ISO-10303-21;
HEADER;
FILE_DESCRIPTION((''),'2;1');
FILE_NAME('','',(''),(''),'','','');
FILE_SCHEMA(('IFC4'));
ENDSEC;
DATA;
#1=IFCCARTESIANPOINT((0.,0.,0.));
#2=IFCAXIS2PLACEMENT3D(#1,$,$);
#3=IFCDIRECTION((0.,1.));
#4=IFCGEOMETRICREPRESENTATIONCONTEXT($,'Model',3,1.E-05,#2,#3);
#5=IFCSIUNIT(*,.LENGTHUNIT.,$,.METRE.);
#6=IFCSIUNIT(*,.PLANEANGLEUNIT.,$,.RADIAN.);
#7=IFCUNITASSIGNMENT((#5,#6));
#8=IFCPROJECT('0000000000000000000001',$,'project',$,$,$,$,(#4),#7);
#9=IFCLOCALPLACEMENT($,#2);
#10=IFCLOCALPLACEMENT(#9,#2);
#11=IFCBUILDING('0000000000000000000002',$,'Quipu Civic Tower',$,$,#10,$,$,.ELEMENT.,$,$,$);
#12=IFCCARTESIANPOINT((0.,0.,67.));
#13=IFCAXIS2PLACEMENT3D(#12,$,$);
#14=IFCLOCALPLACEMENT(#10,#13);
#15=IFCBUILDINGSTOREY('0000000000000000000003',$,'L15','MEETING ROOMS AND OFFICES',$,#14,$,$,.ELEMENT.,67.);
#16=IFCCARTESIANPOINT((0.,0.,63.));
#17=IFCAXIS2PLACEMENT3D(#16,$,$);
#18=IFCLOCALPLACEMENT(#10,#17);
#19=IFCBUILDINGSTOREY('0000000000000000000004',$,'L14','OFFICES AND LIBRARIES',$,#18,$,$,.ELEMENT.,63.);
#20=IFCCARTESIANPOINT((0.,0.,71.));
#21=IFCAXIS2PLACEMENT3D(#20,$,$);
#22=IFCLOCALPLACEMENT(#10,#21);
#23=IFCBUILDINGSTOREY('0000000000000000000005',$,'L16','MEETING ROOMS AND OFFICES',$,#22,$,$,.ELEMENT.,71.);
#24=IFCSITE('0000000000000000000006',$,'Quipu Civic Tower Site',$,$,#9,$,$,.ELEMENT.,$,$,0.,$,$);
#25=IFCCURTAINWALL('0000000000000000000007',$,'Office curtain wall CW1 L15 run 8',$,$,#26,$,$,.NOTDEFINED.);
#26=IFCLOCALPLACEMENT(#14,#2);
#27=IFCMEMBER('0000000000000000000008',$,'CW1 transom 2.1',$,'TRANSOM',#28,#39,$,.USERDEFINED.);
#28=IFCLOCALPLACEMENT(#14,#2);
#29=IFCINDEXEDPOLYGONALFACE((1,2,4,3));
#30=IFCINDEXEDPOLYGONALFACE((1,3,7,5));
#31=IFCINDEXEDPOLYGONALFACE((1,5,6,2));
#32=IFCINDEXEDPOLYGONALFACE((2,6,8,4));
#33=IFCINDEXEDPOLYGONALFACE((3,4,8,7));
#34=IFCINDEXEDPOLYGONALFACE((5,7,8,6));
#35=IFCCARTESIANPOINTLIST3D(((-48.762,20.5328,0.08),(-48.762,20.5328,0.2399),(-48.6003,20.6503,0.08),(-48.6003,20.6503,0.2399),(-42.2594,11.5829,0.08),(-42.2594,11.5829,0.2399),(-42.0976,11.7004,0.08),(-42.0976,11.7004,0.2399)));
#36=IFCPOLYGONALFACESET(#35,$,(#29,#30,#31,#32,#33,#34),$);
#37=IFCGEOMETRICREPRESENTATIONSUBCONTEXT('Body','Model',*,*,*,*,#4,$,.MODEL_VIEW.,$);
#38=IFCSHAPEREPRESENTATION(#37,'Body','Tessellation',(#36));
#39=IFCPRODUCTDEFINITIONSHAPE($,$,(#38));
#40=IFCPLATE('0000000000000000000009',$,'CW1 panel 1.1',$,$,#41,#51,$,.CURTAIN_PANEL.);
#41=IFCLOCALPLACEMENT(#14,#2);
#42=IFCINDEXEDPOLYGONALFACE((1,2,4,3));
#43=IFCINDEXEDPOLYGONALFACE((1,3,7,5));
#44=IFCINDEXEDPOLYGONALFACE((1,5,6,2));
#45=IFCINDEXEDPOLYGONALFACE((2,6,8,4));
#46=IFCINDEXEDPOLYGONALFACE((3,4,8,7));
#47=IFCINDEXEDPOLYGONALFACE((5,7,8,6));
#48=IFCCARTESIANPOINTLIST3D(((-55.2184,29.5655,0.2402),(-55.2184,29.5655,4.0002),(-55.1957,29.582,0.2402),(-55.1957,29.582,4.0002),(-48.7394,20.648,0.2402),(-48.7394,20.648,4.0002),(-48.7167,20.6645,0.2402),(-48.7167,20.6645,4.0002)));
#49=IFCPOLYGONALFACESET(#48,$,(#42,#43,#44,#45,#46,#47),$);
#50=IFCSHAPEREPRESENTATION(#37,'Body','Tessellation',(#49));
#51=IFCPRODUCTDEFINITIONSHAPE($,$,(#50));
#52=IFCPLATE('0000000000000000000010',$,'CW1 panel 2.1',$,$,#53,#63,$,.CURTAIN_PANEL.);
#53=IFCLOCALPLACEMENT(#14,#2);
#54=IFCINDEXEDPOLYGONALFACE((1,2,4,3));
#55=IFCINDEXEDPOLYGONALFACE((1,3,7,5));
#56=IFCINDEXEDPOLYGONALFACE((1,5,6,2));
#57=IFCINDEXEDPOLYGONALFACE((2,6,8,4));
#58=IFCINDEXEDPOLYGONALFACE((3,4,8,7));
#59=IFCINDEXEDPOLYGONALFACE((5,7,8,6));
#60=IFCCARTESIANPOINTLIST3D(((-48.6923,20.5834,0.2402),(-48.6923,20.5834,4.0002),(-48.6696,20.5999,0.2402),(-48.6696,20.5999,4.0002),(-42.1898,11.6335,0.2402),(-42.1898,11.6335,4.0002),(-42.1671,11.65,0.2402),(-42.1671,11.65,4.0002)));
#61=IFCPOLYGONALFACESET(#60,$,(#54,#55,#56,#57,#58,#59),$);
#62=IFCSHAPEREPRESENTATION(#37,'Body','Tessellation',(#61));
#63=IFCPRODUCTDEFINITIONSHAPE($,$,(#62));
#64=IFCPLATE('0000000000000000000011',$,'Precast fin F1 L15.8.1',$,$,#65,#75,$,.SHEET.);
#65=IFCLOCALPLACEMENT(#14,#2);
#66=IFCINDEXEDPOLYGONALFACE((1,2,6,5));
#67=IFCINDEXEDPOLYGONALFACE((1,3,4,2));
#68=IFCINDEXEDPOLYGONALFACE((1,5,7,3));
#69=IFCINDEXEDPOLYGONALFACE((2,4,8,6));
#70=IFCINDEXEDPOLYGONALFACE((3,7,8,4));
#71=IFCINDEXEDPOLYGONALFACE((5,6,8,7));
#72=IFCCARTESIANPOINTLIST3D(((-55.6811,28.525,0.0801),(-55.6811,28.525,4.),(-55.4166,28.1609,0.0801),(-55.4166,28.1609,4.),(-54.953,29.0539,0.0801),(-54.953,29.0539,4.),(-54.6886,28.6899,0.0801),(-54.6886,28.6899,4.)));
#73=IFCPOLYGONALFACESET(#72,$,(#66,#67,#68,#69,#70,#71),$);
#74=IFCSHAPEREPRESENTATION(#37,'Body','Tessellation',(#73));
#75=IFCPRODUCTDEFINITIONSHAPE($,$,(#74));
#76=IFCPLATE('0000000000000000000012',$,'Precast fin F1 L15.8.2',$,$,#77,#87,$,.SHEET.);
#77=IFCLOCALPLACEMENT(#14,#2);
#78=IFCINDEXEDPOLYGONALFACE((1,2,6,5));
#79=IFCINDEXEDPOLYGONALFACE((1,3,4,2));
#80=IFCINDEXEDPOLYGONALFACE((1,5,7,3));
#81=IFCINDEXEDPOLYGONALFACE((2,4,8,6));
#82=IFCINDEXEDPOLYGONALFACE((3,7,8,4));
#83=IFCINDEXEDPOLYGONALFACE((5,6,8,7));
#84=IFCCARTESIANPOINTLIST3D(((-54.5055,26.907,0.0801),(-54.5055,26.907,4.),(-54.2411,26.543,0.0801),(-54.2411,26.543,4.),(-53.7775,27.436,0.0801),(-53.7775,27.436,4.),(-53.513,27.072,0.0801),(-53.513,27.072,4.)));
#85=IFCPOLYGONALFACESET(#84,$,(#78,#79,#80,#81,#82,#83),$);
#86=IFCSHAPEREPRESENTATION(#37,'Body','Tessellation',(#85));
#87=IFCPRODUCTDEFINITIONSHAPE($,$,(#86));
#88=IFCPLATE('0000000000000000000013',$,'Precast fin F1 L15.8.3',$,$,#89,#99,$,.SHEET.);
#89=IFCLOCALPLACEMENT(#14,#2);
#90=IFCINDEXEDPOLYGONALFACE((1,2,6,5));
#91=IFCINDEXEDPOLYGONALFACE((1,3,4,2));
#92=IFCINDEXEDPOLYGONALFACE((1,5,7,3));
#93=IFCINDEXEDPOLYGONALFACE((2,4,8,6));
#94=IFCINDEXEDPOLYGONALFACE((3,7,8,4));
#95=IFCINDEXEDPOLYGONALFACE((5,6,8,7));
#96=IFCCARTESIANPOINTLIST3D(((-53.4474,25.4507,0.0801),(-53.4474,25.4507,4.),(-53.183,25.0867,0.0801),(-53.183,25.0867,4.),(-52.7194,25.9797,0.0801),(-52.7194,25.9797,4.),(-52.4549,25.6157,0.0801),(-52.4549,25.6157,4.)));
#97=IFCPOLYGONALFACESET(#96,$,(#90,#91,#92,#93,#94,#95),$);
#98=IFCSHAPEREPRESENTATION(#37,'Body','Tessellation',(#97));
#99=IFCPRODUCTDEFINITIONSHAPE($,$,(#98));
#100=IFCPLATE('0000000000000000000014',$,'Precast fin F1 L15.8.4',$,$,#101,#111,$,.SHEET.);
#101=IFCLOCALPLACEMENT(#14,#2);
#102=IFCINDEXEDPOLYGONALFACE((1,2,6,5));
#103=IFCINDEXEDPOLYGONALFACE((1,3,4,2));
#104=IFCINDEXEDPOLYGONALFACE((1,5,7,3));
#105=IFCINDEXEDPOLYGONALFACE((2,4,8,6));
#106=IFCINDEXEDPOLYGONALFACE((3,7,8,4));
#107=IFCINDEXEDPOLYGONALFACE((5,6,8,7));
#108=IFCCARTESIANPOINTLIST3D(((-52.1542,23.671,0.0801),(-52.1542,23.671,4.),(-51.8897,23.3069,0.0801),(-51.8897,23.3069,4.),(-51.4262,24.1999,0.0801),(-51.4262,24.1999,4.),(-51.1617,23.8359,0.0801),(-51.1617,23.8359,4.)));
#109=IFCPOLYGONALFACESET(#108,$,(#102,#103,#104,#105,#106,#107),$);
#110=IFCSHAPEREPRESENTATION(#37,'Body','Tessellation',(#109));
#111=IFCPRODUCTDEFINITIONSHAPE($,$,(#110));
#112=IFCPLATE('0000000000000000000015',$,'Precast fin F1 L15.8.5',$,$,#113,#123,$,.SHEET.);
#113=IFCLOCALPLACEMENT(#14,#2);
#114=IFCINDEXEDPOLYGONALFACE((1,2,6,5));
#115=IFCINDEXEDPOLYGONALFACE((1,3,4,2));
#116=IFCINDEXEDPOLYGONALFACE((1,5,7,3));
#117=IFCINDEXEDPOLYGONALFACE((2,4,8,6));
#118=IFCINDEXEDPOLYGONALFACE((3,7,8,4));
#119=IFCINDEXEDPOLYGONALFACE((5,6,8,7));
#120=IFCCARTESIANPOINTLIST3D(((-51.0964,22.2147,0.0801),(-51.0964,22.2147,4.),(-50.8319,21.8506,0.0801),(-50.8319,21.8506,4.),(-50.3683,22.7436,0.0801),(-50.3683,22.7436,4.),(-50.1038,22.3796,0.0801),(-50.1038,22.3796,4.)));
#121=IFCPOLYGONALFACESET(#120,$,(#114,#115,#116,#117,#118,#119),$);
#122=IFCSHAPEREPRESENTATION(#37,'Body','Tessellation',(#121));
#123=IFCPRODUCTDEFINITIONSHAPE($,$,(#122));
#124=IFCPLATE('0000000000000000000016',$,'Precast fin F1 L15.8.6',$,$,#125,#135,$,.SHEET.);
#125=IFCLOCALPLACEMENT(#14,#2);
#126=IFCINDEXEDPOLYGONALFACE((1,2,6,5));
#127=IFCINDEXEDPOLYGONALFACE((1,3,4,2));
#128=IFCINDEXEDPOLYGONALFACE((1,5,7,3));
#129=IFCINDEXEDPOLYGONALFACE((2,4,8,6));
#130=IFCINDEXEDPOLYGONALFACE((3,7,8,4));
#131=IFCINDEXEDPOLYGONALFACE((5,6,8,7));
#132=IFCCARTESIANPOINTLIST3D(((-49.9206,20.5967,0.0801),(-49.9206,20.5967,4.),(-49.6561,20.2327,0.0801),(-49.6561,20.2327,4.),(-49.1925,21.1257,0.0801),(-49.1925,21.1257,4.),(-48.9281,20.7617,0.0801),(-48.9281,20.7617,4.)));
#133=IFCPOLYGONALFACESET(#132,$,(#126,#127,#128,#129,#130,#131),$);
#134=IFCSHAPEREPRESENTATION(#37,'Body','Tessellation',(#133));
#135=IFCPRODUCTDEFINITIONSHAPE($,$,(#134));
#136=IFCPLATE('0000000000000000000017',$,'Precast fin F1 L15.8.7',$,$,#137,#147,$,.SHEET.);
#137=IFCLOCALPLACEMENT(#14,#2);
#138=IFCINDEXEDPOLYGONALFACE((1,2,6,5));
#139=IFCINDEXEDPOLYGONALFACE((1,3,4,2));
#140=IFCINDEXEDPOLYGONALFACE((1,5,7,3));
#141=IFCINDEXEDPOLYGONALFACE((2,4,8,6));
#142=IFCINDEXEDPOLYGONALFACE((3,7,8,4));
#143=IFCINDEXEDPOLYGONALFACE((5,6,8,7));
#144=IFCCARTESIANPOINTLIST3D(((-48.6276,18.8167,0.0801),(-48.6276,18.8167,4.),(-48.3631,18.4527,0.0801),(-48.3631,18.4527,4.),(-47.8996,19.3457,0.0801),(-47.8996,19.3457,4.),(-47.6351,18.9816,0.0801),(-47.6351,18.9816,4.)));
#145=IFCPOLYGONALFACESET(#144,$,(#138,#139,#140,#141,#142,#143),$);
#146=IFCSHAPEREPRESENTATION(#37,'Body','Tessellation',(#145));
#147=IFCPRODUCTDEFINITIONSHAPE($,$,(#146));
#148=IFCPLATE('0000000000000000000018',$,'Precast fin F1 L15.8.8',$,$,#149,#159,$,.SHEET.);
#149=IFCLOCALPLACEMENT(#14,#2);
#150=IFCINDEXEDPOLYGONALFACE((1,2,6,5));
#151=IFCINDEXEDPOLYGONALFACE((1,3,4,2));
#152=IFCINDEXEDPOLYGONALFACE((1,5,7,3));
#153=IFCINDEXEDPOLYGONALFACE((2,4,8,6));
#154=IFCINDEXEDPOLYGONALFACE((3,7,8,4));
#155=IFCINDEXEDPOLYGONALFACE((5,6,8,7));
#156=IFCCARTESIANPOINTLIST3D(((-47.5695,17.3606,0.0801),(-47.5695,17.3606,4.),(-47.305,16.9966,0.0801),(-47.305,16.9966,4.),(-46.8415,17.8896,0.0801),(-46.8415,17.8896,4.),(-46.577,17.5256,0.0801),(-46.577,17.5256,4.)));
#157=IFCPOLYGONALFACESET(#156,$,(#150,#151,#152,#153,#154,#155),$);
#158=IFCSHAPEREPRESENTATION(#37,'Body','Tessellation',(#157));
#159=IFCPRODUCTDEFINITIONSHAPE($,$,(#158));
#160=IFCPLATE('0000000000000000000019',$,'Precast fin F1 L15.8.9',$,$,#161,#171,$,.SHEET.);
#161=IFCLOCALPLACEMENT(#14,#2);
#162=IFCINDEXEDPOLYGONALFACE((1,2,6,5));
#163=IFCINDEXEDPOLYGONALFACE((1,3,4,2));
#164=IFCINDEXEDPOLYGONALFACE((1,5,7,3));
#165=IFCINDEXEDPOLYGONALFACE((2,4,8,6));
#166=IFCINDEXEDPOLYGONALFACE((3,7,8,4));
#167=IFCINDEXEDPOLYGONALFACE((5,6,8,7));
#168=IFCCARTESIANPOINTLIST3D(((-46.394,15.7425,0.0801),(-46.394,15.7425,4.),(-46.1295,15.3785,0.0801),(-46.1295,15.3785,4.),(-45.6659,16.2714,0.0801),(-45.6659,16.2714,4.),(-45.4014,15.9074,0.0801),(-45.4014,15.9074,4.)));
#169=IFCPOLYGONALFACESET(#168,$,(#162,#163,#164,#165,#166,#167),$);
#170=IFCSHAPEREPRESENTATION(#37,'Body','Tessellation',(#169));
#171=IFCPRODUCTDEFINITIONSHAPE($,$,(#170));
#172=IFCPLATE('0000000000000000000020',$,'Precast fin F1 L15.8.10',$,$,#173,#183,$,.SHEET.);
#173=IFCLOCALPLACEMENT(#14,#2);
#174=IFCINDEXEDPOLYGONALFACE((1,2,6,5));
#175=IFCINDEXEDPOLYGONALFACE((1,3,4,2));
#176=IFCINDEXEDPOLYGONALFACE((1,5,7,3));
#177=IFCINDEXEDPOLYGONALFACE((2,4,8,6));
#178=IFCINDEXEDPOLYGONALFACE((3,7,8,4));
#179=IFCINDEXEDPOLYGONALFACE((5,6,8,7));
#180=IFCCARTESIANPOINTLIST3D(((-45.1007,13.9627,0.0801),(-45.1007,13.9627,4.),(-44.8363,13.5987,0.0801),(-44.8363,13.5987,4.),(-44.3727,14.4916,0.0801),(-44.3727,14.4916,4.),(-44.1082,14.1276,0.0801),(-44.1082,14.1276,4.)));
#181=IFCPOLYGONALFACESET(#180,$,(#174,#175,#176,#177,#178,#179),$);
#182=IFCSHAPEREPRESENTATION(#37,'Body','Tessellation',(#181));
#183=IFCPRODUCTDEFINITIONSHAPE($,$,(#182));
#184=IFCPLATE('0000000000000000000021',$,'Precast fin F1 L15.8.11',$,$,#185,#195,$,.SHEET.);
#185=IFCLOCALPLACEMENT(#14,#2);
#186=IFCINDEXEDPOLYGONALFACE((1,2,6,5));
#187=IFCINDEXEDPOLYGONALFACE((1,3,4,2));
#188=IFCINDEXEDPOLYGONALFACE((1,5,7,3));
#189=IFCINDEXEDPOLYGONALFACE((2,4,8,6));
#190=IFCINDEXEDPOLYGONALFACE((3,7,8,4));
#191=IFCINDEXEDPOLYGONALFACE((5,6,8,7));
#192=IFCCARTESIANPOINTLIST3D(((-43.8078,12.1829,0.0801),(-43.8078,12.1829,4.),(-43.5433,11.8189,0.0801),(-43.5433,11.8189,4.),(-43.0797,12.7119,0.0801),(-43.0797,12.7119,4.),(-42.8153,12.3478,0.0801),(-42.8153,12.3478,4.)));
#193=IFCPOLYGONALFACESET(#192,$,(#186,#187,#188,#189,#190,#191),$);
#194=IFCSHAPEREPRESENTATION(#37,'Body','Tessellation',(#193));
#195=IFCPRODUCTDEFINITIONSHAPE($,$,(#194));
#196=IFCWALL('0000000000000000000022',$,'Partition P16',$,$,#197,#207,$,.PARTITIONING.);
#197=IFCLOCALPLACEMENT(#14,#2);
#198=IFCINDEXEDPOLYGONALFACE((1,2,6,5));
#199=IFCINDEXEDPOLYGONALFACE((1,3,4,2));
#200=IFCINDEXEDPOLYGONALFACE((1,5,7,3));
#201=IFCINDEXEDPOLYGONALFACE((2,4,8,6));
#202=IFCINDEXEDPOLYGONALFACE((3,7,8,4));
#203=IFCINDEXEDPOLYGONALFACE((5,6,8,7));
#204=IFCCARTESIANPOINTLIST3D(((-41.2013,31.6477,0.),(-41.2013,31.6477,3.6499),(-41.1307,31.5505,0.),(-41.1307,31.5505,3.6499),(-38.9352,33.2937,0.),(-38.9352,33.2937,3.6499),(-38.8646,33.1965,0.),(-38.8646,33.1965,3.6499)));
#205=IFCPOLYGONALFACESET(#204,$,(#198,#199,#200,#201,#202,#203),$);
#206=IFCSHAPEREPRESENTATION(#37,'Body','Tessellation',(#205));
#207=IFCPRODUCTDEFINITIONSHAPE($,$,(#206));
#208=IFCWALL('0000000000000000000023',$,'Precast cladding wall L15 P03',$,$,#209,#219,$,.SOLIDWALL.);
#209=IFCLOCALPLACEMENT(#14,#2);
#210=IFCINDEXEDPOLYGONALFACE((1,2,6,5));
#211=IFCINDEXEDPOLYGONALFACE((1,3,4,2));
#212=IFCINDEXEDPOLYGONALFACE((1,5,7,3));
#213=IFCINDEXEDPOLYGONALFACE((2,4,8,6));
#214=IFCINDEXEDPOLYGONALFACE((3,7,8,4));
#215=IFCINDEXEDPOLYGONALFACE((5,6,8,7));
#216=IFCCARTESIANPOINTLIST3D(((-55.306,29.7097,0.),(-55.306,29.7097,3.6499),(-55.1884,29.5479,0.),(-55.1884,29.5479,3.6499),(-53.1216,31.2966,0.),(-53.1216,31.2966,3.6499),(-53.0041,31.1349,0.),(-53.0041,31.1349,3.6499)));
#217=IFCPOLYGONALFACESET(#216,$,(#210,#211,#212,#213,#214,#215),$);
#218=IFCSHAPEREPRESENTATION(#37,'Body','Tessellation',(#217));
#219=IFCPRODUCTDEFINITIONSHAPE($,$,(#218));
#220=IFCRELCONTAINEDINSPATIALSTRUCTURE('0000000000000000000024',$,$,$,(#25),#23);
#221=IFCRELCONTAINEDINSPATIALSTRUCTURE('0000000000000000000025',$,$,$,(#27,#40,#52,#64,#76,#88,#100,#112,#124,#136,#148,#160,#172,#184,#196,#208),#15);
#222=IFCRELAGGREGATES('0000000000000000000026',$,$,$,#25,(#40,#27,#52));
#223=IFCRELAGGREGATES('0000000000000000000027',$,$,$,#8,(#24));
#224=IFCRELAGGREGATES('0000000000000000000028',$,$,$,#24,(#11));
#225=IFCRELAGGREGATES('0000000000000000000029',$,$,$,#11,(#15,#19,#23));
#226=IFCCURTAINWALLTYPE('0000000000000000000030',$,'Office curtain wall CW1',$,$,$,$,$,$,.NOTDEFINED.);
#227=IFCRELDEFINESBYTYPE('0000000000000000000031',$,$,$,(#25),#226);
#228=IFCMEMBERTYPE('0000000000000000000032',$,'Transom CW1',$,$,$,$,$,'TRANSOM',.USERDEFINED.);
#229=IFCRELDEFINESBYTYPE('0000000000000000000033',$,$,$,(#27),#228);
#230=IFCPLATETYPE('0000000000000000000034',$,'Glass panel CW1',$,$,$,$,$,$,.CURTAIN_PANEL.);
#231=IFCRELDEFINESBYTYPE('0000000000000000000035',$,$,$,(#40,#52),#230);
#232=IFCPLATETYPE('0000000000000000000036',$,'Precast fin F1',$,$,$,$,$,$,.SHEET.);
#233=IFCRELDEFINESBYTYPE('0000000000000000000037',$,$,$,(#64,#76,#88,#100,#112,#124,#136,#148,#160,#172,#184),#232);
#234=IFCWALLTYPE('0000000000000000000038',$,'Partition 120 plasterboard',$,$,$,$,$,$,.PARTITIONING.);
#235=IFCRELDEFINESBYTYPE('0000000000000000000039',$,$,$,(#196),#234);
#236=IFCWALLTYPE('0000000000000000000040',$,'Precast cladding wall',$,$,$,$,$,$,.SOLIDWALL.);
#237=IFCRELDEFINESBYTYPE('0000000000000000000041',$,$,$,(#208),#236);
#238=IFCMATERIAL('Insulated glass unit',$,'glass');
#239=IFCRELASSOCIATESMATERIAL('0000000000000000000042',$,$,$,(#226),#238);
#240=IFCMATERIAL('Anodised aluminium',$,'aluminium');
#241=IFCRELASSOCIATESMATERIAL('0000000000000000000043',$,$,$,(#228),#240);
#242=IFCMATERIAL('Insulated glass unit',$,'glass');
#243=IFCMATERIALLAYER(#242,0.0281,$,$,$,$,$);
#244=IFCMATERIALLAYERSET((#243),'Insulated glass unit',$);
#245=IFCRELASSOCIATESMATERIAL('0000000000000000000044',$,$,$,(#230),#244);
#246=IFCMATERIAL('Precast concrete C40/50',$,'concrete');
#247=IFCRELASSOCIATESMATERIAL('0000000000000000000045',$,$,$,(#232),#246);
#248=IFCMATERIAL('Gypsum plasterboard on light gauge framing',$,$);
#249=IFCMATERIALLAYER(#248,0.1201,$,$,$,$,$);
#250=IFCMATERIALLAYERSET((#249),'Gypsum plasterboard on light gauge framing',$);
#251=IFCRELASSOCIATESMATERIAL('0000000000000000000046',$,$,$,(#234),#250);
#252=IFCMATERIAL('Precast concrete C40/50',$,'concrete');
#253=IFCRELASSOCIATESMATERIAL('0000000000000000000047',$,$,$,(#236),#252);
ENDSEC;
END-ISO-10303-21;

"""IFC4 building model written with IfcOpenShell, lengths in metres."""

from ifc_helpers import new_model, si_unit, direction, frame, frame_2d, origin, origin_2d, place, context, subcontext, project, spatial, rectangle, extrude, material, layer, layer_set, material_profile, profile_set, type_object, element, aggregate, save


model = new_model("IFC4")

# Units and contexts
model_context = context("Model", 3, precision=1e-05, world=origin(), true_north=direction((0.0, 1.0)))
body_context = subcontext(model_context, "Body", "Model", "MODEL_VIEW")
ifc_project = project(units=[si_unit("LENGTHUNIT", "METRE"), si_unit("PLANEANGLEUNIT", "RADIAN")], contexts=[model_context])

# Site, building, storey
site_placement = place(None, origin())
site = spatial("IfcSite", under=ifc_project, at=site_placement, Name="Quipu Civic Tower Site", CompositionType="ELEMENT", RefElevation=0.0)
building_placement = place(site_placement, origin())
building = spatial("IfcBuilding", under=site, at=building_placement, Name="Quipu Civic Tower", CompositionType="ELEMENT")
storey_1_placement = place(building_placement, frame((0.0, 0.0, 67.0)))
storey_1 = spatial("IfcBuildingStorey", under=building, at=storey_1_placement, Name="L15", Description="MEETING ROOMS AND OFFICES", CompositionType="ELEMENT", Elevation=67.0)

# Shared definitions
storey_2_placement = place(building_placement, frame((0.0, 0.0, 63.0)))
storey_2 = spatial("IfcBuildingStorey", under=building, at=storey_2_placement, Name="L14", Description="OFFICES AND LIBRARIES", CompositionType="ELEMENT", Elevation=63.0)

# Shared definitions
ifc_material_1 = material(Name="Insulated glass unit", Category="glass")
curtain_wall_type = type_object("IfcCurtainWallType", Name="Office curtain wall CW1", PredefinedType="NOTDEFINED", material=ifc_material_1)
ifc_material_2 = material(Name="Anodised aluminium", Category="aluminium")
ifc_material_profile_1 = material_profile(ifc_material_2, rectangle(XDim=0.2, YDim=0.1599, at=origin_2d()), Name="RECT 200x160")
ifc_profile_set_1 = profile_set([ifc_material_profile_1], Name="Anodised aluminium")
member_type = type_object("IfcMemberType", Name="Transom CW1", ElementType="TRANSOM", PredefinedType="USERDEFINED", material=ifc_profile_set_1)

# Shared definitions
storey_3_placement = place(building_placement, frame((0.0, 0.0, 71.0)))
storey_3 = spatial("IfcBuildingStorey", under=building, at=storey_3_placement, Name="L16", Description="MEETING ROOMS AND OFFICES", CompositionType="ELEMENT", Elevation=71.0)

# Curtain wall, member, plates
curtain_wall_1_placement = place(storey_3_placement, origin())
curtain_wall_1 = element("IfcCurtainWall", 1, at=curtain_wall_1_placement, inside=storey_3, type_object=curtain_wall_type, Name="Office curtain wall CW1 L15 run 8", PredefinedType="NOTDEFINED")
member_1_placement = place(storey_1_placement, frame((-48.6812, 20.5916, 0.1599), z_axis=(0.587795, -0.80901, 0.0), x_axis=(0.80901, 0.587795, 0.0)))
member_1 = element("IfcMember", 2, at=member_1_placement, inside=storey_1, type_object=member_type, Name="CW1 transom 2.1", ObjectType="TRANSOM", PredefinedType="USERDEFINED", context=body_context, shape_type="SweptSolid", body=[
    extrude(rectangle(XDim=0.2, YDim=0.1599, at=origin_2d()), origin(), (0.0, 0.0, 1.0), 11.0627),
])
ifc_material_3 = material(Name="Insulated glass unit", Category="glass")
ifc_layer_1 = layer(ifc_material_3, 0.0281)
ifc_layer_set_1 = layer_set([ifc_layer_1], Name="Insulated glass unit")
plate_type_1 = type_object("IfcPlateType", Name="Glass panel CW1", PredefinedType="CURTAIN_PANEL", material=ifc_layer_set_1)
plate_1_placement = place(storey_1_placement, frame((-51.9675, 25.115, 0.2402), z_axis=(0.0, 0.0, 1.0), x_axis=(0.587786, -0.809017, 0.0)))
plate_1 = element("IfcPlate", 3, at=plate_1_placement, inside=storey_1, type_object=plate_type_1, Name="CW1 panel 1.1", PredefinedType="CURTAIN_PANEL", context=body_context, shape_type="SweptSolid", body=[
    extrude(rectangle(XDim=11.0227, YDim=0.0281, at=origin_2d()), origin(), (0.0, 0.0, 1.0), 3.76),
])
plate_2_placement = place(storey_1_placement, frame((-45.4297, 16.1167, 0.2402), z_axis=(0.0, 0.0, 1.0), x_axis=(0.587786, -0.809017, 0.0)))
plate_2 = element("IfcPlate", 4, at=plate_2_placement, inside=storey_1, type_object=plate_type_1, Name="CW1 panel 2.1", PredefinedType="CURTAIN_PANEL", context=body_context, shape_type="SweptSolid", body=[
    extrude(rectangle(XDim=11.0627, YDim=0.0281, at=origin_2d()), origin(), (0.0, 0.0, 1.0), 3.76),
])
aggregate(curtain_wall_1, [plate_1, member_1, plate_2])

# Plates
ifc_material_4 = material(Name="Precast concrete C40/50", Category="concrete")
plate_type_2 = type_object("IfcPlateType", Name="Precast fin F1", PredefinedType="SHEET", material=ifc_material_4)
for number, where, z_axis, x_axis, name in (
    (5, (-55.1848, 28.6074, 0.0801), (0.0, 0.0, 1.0), (0.587786, -0.809017, 0.0), "Precast fin F1 L15.8.1"),
    (6, (-54.0093, 26.9895, 0.0801), (0.0, 0.0, 1.0), (0.587786, -0.809017, 0.0), "Precast fin F1 L15.8.2"),
    (7, (-52.9512, 25.5332, 0.0801), (0.0, 0.0, 1.0), (0.587786, -0.809017, 0.0), "Precast fin F1 L15.8.3"),
    (8, (-51.658, 23.7534, 0.0801), (0.0, 0.0, 1.0), (0.587786, -0.809017, 0.0), "Precast fin F1 L15.8.4"),
    (9, (-50.6001, 22.2971, 0.0801), (0.0, 0.0, 1.0), (0.587786, -0.809017, 0.0), "Precast fin F1 L15.8.5"),
    (10, (-49.4243, 20.6792, 0.0801), (0.0, 0.0, 1.0), (0.587786, -0.809017, 0.0), "Precast fin F1 L15.8.6"),
    (11, (-48.1313, 18.8992, 0.0801), (0.0, 0.0, 1.0), (0.587786, -0.809017, 0.0), "Precast fin F1 L15.8.7"),
    (12, (-47.0732, 17.4431, 0.0801), (0.0, 0.0, 1.0), (0.587786, -0.809017, 0.0), "Precast fin F1 L15.8.8"),
    (13, (-45.8977, 15.825, 0.0801), (0.0, 0.0, 1.0), (0.587786, -0.809017, 0.0), "Precast fin F1 L15.8.9"),
    (14, (-44.6045, 14.0452, 0.0801), (0.0, 0.0, 1.0), (0.587786, -0.809017, 0.0), "Precast fin F1 L15.8.10"),
    (15, (-43.3115, 12.2654, 0.0801), (0.0, 0.0, 1.0), (0.587786, -0.809017, 0.0), "Precast fin F1 L15.8.11"),
):
    element("IfcPlate", number, at=place(storey_1_placement, frame(where, z_axis=z_axis, x_axis=x_axis)), inside=storey_1, type_object=plate_type_2, Name=name, PredefinedType="SHEET", context=body_context, shape_type="SweptSolid", body=[
        extrude(rectangle(XDim=0.45, YDim=0.8999, at=origin_2d()), origin(), (0.0, 0.0, 1.0), 3.9199),
    ])

# Walls
ifc_material_5 = material(Name="Gypsum plasterboard on light gauge framing")
ifc_layer_2 = layer(ifc_material_5, 0.1201)
ifc_layer_set_2 = layer_set([ifc_layer_2], Name="Gypsum plasterboard on light gauge framing")
wall_type_1 = type_object("IfcWallType", Name="Partition 120 plasterboard", PredefinedType="PARTITIONING", material=ifc_layer_set_2)
wall_1_placement = place(storey_1_placement, frame((-41.166, 31.5991, 0.0), z_axis=(0.0, 0.0, 1.0), x_axis=(0.80909, 0.587684, 0.0)))
element("IfcWall", 16, at=wall_1_placement, inside=storey_1, type_object=wall_type_1, Name="Partition P16", PredefinedType="PARTITIONING", context=body_context, shape_type="SweptSolid", body=[
    extrude(rectangle(XDim=2.8008, YDim=0.1201, at=frame_2d((1.4004, 0.0))), origin(), (0.0, 0.0, 1.0), 3.6499),
])
ifc_material_6 = material(Name="Precast concrete C40/50", Category="concrete")
wall_type_2 = type_object("IfcWallType", Name="Precast cladding wall", PredefinedType="SOLIDWALL", material=ifc_material_6)
wall_2_placement = place(storey_1_placement, frame((-53.0627, 31.2158, 0.0), z_axis=(0.0, 0.0, 1.0), x_axis=(-0.809033, -0.587763, 0.0)))
element("IfcWall", 17, at=wall_2_placement, inside=storey_1, type_object=wall_type_2, Name="Precast cladding wall L15 P03", PredefinedType="SOLIDWALL", context=body_context, shape_type="SweptSolid", body=[
    extrude(rectangle(XDim=2.7, YDim=0.2, at=frame_2d((1.3501, 0.0))), origin(), (0.0, 0.0, 1.0), 3.6499),
])

save(model, "model.ifc")
